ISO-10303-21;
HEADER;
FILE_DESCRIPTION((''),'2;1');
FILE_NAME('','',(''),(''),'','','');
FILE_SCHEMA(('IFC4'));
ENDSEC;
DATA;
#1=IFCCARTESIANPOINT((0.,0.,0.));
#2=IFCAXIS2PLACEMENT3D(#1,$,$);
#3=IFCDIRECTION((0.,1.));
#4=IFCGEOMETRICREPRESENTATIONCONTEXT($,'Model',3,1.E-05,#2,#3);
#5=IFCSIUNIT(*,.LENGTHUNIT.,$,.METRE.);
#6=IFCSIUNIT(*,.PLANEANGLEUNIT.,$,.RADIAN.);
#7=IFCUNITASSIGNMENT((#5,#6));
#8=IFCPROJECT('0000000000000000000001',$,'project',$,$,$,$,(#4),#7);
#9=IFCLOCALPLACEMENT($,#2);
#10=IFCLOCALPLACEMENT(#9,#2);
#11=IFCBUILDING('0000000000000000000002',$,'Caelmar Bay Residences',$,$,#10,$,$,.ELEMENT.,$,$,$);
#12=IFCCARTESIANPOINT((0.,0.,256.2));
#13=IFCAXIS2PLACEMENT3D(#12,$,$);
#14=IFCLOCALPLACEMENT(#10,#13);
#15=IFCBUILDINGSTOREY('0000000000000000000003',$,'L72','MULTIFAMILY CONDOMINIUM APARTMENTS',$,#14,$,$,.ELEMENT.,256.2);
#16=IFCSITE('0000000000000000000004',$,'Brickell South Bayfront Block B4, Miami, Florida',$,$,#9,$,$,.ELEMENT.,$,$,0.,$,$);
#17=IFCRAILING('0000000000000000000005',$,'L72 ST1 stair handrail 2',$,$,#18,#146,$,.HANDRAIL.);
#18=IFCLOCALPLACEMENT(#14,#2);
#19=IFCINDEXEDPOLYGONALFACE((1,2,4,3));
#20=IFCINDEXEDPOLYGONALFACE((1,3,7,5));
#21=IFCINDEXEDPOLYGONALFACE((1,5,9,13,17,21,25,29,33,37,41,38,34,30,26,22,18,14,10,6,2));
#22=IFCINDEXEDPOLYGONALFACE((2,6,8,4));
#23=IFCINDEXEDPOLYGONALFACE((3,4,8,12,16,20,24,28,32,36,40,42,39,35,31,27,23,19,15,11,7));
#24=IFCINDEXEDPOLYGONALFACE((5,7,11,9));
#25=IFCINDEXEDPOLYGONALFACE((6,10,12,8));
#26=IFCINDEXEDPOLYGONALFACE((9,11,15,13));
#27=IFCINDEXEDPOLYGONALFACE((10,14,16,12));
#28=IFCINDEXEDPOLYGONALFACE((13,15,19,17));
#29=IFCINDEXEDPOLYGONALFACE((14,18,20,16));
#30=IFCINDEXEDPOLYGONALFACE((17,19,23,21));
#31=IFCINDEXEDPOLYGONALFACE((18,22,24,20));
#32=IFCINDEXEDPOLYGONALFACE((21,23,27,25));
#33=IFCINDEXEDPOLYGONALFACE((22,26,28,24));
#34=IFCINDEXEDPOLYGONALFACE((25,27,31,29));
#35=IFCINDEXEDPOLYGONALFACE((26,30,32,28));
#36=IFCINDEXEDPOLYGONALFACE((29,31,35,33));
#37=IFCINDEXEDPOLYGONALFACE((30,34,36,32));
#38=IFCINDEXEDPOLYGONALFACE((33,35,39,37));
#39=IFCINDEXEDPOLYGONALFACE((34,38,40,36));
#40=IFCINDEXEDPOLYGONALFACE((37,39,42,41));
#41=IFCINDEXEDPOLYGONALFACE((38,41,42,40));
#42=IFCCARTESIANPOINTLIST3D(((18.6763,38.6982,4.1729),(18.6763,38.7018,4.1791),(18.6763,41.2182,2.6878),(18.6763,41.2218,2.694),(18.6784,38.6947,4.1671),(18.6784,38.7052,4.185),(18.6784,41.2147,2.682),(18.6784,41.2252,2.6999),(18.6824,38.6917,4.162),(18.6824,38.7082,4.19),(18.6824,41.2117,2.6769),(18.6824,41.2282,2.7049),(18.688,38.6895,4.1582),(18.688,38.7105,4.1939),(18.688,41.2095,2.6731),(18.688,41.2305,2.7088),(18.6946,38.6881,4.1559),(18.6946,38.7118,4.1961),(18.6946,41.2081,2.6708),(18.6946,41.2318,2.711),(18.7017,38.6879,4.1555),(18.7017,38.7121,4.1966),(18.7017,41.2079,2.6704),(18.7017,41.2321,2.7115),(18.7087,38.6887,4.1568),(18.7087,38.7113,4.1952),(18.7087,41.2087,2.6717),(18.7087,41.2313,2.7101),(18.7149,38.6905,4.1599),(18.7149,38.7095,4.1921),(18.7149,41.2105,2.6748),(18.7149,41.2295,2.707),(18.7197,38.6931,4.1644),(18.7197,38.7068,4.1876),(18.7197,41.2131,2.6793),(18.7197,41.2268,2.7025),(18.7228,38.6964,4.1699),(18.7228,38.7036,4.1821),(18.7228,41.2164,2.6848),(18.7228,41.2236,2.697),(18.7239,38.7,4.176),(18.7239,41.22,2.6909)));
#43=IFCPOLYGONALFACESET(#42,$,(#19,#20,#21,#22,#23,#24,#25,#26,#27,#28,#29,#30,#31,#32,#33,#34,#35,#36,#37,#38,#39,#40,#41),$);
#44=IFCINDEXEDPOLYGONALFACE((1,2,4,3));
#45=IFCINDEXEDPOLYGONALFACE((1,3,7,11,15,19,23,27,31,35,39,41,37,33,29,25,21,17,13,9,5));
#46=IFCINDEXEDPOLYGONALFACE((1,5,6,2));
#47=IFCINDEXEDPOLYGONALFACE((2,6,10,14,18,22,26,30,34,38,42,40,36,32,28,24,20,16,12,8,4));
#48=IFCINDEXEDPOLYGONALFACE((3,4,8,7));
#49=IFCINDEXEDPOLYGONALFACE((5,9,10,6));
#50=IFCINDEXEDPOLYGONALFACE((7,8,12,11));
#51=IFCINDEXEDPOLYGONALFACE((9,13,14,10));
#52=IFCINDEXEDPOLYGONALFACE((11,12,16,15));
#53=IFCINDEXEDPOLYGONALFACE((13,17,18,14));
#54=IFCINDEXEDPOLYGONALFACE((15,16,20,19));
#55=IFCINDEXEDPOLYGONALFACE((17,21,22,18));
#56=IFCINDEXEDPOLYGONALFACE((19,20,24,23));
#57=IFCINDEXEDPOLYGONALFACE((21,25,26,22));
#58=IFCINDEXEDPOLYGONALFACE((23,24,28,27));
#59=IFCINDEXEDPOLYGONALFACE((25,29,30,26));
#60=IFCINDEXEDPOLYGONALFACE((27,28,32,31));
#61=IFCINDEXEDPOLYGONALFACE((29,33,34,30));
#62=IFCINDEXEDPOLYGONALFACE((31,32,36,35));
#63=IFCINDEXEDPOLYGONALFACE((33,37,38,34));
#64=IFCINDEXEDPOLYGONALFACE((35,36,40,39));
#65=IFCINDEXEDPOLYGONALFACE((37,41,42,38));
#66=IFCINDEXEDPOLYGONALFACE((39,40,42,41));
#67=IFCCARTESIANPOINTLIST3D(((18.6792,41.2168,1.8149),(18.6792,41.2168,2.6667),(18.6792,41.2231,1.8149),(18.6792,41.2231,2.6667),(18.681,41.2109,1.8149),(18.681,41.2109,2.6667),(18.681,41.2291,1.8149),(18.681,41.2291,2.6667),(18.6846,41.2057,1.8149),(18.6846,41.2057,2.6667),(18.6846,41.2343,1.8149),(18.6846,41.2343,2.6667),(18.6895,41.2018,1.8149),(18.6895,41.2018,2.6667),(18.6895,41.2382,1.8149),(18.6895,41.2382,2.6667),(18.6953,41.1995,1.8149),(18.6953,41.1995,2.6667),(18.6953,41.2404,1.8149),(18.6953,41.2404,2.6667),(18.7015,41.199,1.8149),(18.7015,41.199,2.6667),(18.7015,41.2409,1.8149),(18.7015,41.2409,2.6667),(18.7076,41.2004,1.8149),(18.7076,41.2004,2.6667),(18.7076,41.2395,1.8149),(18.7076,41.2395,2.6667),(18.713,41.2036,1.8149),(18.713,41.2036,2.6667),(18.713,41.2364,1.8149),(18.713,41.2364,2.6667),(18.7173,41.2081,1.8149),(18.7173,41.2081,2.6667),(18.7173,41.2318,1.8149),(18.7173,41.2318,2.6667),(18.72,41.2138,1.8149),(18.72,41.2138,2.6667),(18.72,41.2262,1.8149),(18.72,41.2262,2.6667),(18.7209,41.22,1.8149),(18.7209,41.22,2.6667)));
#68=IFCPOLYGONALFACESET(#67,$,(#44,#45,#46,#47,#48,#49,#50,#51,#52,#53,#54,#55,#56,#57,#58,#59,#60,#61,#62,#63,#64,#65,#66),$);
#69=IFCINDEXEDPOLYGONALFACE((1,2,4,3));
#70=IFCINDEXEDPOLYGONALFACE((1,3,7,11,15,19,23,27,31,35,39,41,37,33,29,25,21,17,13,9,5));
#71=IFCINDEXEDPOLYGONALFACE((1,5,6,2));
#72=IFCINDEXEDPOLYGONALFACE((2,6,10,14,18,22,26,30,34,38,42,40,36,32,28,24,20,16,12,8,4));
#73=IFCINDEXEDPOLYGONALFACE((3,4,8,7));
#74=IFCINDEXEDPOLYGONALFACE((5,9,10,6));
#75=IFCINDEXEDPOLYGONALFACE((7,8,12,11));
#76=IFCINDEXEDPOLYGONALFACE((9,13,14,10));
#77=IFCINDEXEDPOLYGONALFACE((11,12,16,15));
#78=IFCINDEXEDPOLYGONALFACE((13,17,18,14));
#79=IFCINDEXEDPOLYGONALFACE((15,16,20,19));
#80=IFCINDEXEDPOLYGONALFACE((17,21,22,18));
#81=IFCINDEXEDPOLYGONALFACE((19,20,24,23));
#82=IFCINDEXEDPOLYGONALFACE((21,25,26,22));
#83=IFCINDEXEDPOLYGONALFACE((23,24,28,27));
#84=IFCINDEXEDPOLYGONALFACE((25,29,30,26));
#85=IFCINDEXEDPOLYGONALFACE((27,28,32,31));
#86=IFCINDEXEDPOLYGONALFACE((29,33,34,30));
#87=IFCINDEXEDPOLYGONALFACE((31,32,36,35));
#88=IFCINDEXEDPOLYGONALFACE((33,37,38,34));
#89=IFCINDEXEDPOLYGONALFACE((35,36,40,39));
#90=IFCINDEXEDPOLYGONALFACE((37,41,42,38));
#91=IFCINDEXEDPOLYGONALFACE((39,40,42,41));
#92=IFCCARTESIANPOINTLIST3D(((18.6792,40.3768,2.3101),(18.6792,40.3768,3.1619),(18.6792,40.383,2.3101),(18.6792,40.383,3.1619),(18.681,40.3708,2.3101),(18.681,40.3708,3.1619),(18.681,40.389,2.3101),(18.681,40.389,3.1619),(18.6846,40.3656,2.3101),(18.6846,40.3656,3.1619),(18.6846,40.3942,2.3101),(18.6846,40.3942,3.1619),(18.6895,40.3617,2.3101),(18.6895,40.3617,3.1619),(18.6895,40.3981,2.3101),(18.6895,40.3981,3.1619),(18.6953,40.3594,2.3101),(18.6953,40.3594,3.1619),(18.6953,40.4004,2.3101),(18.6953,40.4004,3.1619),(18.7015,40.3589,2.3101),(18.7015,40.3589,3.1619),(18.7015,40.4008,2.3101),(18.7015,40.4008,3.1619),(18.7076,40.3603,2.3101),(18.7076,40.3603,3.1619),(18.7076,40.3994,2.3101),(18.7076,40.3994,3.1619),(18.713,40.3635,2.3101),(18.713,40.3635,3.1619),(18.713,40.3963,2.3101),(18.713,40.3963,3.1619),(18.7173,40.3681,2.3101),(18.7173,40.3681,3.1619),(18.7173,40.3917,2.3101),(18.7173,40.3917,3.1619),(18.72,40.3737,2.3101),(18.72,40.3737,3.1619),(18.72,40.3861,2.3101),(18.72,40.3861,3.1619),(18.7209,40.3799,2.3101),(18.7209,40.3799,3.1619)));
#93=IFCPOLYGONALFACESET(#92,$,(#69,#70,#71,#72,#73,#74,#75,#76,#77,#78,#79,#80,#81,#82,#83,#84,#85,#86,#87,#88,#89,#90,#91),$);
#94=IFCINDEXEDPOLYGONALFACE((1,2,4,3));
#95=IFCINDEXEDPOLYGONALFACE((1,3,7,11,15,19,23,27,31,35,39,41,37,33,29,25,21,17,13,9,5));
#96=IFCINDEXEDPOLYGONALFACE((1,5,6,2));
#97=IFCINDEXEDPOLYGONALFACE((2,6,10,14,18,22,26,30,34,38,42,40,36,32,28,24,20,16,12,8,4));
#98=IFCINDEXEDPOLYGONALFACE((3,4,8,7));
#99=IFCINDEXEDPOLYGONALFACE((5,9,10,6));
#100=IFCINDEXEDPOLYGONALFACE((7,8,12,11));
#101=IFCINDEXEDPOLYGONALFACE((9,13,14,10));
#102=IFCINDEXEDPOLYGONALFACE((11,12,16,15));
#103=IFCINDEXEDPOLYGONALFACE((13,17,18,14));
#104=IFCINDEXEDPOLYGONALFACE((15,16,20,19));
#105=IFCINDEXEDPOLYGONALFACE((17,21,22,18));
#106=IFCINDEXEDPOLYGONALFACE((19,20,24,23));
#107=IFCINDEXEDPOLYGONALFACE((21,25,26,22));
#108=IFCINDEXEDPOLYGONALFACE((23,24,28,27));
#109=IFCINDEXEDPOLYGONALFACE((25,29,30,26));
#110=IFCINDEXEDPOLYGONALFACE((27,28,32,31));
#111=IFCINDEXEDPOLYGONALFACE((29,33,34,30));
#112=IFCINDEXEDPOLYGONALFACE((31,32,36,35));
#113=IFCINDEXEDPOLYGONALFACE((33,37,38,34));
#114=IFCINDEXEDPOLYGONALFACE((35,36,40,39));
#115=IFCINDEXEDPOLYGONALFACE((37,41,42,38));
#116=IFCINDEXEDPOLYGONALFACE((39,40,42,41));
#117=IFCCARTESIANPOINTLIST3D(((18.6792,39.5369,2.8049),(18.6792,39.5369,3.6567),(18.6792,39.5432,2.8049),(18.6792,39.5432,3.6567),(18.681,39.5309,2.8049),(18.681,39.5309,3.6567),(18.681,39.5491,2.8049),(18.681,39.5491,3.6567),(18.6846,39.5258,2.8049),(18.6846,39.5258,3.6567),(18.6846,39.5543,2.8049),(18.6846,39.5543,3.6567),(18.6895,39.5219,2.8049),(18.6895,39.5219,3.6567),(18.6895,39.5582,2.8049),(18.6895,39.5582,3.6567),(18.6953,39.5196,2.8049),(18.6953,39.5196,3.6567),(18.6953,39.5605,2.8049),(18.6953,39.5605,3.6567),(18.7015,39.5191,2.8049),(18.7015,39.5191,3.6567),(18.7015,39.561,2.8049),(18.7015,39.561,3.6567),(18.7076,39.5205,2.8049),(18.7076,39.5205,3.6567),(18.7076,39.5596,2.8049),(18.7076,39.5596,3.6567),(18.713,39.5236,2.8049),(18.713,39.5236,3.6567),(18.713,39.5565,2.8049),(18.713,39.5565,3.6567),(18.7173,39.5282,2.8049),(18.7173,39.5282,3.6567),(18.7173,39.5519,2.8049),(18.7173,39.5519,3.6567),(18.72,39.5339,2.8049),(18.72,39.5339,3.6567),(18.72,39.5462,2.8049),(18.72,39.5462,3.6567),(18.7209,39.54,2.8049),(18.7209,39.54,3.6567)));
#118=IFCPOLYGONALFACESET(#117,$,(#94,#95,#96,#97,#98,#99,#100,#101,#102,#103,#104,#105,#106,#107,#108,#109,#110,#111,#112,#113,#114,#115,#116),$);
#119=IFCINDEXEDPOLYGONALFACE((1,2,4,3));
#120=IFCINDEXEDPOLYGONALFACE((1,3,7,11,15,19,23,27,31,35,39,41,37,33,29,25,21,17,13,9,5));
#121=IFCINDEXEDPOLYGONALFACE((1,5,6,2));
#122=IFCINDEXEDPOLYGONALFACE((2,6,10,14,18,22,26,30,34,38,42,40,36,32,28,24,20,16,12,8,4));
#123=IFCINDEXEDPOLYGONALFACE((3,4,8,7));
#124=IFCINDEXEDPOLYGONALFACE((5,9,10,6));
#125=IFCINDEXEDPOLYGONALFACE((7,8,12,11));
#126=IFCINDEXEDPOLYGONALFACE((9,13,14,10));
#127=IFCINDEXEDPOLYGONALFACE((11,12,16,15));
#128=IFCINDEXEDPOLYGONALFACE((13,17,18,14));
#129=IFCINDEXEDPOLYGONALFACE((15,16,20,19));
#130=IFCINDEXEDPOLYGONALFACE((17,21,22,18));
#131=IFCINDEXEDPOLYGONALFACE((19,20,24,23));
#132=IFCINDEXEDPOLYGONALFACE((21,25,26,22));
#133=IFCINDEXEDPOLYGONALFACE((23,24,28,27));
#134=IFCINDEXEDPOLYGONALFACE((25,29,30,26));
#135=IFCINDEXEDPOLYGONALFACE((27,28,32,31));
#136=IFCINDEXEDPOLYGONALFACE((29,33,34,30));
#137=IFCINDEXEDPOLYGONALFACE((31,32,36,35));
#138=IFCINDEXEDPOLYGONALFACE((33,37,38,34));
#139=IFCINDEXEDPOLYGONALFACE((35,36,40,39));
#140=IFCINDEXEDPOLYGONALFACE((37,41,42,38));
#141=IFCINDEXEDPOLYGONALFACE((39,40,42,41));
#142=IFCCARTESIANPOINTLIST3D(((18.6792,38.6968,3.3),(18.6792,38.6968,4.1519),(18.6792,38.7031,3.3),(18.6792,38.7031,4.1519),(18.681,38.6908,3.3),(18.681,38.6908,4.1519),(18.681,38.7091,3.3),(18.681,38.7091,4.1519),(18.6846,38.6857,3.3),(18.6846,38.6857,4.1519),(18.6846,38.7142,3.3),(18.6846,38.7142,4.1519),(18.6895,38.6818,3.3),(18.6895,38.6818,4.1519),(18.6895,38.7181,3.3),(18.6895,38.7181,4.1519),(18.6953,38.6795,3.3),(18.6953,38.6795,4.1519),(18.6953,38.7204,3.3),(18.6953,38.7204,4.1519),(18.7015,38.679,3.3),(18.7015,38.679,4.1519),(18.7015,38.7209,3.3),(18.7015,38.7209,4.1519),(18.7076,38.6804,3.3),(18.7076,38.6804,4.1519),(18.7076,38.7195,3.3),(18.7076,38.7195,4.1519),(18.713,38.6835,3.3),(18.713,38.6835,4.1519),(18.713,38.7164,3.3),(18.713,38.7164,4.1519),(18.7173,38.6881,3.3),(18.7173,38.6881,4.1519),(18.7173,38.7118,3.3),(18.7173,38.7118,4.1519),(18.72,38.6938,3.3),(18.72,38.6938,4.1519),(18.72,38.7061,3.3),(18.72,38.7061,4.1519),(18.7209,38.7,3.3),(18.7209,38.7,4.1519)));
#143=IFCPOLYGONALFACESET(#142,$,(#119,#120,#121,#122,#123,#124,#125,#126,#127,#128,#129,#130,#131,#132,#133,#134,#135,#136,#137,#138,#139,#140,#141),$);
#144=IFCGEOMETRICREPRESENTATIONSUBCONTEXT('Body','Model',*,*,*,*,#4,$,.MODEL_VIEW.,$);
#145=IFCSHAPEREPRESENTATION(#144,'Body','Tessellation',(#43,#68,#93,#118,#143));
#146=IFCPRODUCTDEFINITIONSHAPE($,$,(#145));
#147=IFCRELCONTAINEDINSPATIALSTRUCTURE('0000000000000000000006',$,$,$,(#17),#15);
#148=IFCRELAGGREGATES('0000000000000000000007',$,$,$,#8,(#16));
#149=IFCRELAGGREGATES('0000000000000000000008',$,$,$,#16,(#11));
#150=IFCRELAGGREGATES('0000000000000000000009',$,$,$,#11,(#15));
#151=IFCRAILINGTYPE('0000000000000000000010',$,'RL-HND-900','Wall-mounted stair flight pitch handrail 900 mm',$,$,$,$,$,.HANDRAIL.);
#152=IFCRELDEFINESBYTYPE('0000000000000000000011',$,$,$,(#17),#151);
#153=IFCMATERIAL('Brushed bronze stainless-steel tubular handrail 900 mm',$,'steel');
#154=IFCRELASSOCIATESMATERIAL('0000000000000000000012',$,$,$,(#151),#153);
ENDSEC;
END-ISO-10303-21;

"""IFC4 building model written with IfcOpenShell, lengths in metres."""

from ifc_helpers import new_model, si_unit, direction, frame, origin, origin_2d, place, context, subcontext, project, spatial, circle, extrude, material, type_object, element, save


model = new_model("IFC4")

# Units and contexts
model_context = context("Model", 3, precision=1e-05, world=origin(), true_north=direction((0.0, 1.0)))
body_context = subcontext(model_context, "Body", "Model", "MODEL_VIEW")
ifc_project = project(units=[si_unit("LENGTHUNIT", "METRE"), si_unit("PLANEANGLEUNIT", "RADIAN")], contexts=[model_context])

# Site, building, storey
site_placement = place(None, origin())
site = spatial("IfcSite", under=ifc_project, at=site_placement, Name="Brickell South Bayfront Block B4, Miami, Florida", CompositionType="ELEMENT", RefElevation=0.0)
building_placement = place(site_placement, origin())
building = spatial("IfcBuilding", under=site, at=building_placement, Name="Caelmar Bay Residences", CompositionType="ELEMENT")
storey_placement = place(building_placement, frame((0.0, 0.0, 256.2)))
storey = spatial("IfcBuildingStorey", under=building, at=storey_placement, Name="L72", Description="MULTIFAMILY CONDOMINIUM APARTMENTS", CompositionType="ELEMENT", Elevation=256.2)

# Railing
ifc_material_1 = material(Name="Brushed bronze stainless-steel tubular handrail 900 mm", Category="steel")
railing_type_1 = type_object("IfcRailingType", Name="RL-HND-900", Description="Wall-mounted stair flight pitch handrail 900 mm", PredefinedType="HANDRAIL", material=ifc_material_1)
railing_1_placement = place(storey_placement, frame((18.7, 41.22, 1.8149)))
element("IfcRailing", 1, at=railing_1_placement, inside=storey, type_object=railing_type_1, Name="L72 ST1 stair handrail 2", PredefinedType="HANDRAIL", context=body_context, shape_type="SweptSolid", body=[
    extrude(circle(Radius=0.0239, at=origin_2d()), frame((0.0, 0.0, 0.876), z_axis=(0.0, -0.861524, 0.507717), x_axis=(1.0, 0.0, 0.0)), (0.0, 0.0, 1.0), 2.925),
    extrude(circle(Radius=0.021, at=origin_2d()), origin(), (0.0, 0.0, 1.0), 0.8518),
    extrude(circle(Radius=0.021, at=origin_2d()), frame((0.0, -0.8401, 0.4951)), (0.0, 0.0, 1.0), 0.8518),
    extrude(circle(Radius=0.021, at=origin_2d()), frame((0.0, -1.6799, 0.99)), (0.0, 0.0, 1.0), 0.8518),
    extrude(circle(Radius=0.021, at=origin_2d()), frame((0.0, -2.52, 1.4851)), (0.0, 0.0, 1.0), 0.8518),
])

save(model, "model.ifc")
